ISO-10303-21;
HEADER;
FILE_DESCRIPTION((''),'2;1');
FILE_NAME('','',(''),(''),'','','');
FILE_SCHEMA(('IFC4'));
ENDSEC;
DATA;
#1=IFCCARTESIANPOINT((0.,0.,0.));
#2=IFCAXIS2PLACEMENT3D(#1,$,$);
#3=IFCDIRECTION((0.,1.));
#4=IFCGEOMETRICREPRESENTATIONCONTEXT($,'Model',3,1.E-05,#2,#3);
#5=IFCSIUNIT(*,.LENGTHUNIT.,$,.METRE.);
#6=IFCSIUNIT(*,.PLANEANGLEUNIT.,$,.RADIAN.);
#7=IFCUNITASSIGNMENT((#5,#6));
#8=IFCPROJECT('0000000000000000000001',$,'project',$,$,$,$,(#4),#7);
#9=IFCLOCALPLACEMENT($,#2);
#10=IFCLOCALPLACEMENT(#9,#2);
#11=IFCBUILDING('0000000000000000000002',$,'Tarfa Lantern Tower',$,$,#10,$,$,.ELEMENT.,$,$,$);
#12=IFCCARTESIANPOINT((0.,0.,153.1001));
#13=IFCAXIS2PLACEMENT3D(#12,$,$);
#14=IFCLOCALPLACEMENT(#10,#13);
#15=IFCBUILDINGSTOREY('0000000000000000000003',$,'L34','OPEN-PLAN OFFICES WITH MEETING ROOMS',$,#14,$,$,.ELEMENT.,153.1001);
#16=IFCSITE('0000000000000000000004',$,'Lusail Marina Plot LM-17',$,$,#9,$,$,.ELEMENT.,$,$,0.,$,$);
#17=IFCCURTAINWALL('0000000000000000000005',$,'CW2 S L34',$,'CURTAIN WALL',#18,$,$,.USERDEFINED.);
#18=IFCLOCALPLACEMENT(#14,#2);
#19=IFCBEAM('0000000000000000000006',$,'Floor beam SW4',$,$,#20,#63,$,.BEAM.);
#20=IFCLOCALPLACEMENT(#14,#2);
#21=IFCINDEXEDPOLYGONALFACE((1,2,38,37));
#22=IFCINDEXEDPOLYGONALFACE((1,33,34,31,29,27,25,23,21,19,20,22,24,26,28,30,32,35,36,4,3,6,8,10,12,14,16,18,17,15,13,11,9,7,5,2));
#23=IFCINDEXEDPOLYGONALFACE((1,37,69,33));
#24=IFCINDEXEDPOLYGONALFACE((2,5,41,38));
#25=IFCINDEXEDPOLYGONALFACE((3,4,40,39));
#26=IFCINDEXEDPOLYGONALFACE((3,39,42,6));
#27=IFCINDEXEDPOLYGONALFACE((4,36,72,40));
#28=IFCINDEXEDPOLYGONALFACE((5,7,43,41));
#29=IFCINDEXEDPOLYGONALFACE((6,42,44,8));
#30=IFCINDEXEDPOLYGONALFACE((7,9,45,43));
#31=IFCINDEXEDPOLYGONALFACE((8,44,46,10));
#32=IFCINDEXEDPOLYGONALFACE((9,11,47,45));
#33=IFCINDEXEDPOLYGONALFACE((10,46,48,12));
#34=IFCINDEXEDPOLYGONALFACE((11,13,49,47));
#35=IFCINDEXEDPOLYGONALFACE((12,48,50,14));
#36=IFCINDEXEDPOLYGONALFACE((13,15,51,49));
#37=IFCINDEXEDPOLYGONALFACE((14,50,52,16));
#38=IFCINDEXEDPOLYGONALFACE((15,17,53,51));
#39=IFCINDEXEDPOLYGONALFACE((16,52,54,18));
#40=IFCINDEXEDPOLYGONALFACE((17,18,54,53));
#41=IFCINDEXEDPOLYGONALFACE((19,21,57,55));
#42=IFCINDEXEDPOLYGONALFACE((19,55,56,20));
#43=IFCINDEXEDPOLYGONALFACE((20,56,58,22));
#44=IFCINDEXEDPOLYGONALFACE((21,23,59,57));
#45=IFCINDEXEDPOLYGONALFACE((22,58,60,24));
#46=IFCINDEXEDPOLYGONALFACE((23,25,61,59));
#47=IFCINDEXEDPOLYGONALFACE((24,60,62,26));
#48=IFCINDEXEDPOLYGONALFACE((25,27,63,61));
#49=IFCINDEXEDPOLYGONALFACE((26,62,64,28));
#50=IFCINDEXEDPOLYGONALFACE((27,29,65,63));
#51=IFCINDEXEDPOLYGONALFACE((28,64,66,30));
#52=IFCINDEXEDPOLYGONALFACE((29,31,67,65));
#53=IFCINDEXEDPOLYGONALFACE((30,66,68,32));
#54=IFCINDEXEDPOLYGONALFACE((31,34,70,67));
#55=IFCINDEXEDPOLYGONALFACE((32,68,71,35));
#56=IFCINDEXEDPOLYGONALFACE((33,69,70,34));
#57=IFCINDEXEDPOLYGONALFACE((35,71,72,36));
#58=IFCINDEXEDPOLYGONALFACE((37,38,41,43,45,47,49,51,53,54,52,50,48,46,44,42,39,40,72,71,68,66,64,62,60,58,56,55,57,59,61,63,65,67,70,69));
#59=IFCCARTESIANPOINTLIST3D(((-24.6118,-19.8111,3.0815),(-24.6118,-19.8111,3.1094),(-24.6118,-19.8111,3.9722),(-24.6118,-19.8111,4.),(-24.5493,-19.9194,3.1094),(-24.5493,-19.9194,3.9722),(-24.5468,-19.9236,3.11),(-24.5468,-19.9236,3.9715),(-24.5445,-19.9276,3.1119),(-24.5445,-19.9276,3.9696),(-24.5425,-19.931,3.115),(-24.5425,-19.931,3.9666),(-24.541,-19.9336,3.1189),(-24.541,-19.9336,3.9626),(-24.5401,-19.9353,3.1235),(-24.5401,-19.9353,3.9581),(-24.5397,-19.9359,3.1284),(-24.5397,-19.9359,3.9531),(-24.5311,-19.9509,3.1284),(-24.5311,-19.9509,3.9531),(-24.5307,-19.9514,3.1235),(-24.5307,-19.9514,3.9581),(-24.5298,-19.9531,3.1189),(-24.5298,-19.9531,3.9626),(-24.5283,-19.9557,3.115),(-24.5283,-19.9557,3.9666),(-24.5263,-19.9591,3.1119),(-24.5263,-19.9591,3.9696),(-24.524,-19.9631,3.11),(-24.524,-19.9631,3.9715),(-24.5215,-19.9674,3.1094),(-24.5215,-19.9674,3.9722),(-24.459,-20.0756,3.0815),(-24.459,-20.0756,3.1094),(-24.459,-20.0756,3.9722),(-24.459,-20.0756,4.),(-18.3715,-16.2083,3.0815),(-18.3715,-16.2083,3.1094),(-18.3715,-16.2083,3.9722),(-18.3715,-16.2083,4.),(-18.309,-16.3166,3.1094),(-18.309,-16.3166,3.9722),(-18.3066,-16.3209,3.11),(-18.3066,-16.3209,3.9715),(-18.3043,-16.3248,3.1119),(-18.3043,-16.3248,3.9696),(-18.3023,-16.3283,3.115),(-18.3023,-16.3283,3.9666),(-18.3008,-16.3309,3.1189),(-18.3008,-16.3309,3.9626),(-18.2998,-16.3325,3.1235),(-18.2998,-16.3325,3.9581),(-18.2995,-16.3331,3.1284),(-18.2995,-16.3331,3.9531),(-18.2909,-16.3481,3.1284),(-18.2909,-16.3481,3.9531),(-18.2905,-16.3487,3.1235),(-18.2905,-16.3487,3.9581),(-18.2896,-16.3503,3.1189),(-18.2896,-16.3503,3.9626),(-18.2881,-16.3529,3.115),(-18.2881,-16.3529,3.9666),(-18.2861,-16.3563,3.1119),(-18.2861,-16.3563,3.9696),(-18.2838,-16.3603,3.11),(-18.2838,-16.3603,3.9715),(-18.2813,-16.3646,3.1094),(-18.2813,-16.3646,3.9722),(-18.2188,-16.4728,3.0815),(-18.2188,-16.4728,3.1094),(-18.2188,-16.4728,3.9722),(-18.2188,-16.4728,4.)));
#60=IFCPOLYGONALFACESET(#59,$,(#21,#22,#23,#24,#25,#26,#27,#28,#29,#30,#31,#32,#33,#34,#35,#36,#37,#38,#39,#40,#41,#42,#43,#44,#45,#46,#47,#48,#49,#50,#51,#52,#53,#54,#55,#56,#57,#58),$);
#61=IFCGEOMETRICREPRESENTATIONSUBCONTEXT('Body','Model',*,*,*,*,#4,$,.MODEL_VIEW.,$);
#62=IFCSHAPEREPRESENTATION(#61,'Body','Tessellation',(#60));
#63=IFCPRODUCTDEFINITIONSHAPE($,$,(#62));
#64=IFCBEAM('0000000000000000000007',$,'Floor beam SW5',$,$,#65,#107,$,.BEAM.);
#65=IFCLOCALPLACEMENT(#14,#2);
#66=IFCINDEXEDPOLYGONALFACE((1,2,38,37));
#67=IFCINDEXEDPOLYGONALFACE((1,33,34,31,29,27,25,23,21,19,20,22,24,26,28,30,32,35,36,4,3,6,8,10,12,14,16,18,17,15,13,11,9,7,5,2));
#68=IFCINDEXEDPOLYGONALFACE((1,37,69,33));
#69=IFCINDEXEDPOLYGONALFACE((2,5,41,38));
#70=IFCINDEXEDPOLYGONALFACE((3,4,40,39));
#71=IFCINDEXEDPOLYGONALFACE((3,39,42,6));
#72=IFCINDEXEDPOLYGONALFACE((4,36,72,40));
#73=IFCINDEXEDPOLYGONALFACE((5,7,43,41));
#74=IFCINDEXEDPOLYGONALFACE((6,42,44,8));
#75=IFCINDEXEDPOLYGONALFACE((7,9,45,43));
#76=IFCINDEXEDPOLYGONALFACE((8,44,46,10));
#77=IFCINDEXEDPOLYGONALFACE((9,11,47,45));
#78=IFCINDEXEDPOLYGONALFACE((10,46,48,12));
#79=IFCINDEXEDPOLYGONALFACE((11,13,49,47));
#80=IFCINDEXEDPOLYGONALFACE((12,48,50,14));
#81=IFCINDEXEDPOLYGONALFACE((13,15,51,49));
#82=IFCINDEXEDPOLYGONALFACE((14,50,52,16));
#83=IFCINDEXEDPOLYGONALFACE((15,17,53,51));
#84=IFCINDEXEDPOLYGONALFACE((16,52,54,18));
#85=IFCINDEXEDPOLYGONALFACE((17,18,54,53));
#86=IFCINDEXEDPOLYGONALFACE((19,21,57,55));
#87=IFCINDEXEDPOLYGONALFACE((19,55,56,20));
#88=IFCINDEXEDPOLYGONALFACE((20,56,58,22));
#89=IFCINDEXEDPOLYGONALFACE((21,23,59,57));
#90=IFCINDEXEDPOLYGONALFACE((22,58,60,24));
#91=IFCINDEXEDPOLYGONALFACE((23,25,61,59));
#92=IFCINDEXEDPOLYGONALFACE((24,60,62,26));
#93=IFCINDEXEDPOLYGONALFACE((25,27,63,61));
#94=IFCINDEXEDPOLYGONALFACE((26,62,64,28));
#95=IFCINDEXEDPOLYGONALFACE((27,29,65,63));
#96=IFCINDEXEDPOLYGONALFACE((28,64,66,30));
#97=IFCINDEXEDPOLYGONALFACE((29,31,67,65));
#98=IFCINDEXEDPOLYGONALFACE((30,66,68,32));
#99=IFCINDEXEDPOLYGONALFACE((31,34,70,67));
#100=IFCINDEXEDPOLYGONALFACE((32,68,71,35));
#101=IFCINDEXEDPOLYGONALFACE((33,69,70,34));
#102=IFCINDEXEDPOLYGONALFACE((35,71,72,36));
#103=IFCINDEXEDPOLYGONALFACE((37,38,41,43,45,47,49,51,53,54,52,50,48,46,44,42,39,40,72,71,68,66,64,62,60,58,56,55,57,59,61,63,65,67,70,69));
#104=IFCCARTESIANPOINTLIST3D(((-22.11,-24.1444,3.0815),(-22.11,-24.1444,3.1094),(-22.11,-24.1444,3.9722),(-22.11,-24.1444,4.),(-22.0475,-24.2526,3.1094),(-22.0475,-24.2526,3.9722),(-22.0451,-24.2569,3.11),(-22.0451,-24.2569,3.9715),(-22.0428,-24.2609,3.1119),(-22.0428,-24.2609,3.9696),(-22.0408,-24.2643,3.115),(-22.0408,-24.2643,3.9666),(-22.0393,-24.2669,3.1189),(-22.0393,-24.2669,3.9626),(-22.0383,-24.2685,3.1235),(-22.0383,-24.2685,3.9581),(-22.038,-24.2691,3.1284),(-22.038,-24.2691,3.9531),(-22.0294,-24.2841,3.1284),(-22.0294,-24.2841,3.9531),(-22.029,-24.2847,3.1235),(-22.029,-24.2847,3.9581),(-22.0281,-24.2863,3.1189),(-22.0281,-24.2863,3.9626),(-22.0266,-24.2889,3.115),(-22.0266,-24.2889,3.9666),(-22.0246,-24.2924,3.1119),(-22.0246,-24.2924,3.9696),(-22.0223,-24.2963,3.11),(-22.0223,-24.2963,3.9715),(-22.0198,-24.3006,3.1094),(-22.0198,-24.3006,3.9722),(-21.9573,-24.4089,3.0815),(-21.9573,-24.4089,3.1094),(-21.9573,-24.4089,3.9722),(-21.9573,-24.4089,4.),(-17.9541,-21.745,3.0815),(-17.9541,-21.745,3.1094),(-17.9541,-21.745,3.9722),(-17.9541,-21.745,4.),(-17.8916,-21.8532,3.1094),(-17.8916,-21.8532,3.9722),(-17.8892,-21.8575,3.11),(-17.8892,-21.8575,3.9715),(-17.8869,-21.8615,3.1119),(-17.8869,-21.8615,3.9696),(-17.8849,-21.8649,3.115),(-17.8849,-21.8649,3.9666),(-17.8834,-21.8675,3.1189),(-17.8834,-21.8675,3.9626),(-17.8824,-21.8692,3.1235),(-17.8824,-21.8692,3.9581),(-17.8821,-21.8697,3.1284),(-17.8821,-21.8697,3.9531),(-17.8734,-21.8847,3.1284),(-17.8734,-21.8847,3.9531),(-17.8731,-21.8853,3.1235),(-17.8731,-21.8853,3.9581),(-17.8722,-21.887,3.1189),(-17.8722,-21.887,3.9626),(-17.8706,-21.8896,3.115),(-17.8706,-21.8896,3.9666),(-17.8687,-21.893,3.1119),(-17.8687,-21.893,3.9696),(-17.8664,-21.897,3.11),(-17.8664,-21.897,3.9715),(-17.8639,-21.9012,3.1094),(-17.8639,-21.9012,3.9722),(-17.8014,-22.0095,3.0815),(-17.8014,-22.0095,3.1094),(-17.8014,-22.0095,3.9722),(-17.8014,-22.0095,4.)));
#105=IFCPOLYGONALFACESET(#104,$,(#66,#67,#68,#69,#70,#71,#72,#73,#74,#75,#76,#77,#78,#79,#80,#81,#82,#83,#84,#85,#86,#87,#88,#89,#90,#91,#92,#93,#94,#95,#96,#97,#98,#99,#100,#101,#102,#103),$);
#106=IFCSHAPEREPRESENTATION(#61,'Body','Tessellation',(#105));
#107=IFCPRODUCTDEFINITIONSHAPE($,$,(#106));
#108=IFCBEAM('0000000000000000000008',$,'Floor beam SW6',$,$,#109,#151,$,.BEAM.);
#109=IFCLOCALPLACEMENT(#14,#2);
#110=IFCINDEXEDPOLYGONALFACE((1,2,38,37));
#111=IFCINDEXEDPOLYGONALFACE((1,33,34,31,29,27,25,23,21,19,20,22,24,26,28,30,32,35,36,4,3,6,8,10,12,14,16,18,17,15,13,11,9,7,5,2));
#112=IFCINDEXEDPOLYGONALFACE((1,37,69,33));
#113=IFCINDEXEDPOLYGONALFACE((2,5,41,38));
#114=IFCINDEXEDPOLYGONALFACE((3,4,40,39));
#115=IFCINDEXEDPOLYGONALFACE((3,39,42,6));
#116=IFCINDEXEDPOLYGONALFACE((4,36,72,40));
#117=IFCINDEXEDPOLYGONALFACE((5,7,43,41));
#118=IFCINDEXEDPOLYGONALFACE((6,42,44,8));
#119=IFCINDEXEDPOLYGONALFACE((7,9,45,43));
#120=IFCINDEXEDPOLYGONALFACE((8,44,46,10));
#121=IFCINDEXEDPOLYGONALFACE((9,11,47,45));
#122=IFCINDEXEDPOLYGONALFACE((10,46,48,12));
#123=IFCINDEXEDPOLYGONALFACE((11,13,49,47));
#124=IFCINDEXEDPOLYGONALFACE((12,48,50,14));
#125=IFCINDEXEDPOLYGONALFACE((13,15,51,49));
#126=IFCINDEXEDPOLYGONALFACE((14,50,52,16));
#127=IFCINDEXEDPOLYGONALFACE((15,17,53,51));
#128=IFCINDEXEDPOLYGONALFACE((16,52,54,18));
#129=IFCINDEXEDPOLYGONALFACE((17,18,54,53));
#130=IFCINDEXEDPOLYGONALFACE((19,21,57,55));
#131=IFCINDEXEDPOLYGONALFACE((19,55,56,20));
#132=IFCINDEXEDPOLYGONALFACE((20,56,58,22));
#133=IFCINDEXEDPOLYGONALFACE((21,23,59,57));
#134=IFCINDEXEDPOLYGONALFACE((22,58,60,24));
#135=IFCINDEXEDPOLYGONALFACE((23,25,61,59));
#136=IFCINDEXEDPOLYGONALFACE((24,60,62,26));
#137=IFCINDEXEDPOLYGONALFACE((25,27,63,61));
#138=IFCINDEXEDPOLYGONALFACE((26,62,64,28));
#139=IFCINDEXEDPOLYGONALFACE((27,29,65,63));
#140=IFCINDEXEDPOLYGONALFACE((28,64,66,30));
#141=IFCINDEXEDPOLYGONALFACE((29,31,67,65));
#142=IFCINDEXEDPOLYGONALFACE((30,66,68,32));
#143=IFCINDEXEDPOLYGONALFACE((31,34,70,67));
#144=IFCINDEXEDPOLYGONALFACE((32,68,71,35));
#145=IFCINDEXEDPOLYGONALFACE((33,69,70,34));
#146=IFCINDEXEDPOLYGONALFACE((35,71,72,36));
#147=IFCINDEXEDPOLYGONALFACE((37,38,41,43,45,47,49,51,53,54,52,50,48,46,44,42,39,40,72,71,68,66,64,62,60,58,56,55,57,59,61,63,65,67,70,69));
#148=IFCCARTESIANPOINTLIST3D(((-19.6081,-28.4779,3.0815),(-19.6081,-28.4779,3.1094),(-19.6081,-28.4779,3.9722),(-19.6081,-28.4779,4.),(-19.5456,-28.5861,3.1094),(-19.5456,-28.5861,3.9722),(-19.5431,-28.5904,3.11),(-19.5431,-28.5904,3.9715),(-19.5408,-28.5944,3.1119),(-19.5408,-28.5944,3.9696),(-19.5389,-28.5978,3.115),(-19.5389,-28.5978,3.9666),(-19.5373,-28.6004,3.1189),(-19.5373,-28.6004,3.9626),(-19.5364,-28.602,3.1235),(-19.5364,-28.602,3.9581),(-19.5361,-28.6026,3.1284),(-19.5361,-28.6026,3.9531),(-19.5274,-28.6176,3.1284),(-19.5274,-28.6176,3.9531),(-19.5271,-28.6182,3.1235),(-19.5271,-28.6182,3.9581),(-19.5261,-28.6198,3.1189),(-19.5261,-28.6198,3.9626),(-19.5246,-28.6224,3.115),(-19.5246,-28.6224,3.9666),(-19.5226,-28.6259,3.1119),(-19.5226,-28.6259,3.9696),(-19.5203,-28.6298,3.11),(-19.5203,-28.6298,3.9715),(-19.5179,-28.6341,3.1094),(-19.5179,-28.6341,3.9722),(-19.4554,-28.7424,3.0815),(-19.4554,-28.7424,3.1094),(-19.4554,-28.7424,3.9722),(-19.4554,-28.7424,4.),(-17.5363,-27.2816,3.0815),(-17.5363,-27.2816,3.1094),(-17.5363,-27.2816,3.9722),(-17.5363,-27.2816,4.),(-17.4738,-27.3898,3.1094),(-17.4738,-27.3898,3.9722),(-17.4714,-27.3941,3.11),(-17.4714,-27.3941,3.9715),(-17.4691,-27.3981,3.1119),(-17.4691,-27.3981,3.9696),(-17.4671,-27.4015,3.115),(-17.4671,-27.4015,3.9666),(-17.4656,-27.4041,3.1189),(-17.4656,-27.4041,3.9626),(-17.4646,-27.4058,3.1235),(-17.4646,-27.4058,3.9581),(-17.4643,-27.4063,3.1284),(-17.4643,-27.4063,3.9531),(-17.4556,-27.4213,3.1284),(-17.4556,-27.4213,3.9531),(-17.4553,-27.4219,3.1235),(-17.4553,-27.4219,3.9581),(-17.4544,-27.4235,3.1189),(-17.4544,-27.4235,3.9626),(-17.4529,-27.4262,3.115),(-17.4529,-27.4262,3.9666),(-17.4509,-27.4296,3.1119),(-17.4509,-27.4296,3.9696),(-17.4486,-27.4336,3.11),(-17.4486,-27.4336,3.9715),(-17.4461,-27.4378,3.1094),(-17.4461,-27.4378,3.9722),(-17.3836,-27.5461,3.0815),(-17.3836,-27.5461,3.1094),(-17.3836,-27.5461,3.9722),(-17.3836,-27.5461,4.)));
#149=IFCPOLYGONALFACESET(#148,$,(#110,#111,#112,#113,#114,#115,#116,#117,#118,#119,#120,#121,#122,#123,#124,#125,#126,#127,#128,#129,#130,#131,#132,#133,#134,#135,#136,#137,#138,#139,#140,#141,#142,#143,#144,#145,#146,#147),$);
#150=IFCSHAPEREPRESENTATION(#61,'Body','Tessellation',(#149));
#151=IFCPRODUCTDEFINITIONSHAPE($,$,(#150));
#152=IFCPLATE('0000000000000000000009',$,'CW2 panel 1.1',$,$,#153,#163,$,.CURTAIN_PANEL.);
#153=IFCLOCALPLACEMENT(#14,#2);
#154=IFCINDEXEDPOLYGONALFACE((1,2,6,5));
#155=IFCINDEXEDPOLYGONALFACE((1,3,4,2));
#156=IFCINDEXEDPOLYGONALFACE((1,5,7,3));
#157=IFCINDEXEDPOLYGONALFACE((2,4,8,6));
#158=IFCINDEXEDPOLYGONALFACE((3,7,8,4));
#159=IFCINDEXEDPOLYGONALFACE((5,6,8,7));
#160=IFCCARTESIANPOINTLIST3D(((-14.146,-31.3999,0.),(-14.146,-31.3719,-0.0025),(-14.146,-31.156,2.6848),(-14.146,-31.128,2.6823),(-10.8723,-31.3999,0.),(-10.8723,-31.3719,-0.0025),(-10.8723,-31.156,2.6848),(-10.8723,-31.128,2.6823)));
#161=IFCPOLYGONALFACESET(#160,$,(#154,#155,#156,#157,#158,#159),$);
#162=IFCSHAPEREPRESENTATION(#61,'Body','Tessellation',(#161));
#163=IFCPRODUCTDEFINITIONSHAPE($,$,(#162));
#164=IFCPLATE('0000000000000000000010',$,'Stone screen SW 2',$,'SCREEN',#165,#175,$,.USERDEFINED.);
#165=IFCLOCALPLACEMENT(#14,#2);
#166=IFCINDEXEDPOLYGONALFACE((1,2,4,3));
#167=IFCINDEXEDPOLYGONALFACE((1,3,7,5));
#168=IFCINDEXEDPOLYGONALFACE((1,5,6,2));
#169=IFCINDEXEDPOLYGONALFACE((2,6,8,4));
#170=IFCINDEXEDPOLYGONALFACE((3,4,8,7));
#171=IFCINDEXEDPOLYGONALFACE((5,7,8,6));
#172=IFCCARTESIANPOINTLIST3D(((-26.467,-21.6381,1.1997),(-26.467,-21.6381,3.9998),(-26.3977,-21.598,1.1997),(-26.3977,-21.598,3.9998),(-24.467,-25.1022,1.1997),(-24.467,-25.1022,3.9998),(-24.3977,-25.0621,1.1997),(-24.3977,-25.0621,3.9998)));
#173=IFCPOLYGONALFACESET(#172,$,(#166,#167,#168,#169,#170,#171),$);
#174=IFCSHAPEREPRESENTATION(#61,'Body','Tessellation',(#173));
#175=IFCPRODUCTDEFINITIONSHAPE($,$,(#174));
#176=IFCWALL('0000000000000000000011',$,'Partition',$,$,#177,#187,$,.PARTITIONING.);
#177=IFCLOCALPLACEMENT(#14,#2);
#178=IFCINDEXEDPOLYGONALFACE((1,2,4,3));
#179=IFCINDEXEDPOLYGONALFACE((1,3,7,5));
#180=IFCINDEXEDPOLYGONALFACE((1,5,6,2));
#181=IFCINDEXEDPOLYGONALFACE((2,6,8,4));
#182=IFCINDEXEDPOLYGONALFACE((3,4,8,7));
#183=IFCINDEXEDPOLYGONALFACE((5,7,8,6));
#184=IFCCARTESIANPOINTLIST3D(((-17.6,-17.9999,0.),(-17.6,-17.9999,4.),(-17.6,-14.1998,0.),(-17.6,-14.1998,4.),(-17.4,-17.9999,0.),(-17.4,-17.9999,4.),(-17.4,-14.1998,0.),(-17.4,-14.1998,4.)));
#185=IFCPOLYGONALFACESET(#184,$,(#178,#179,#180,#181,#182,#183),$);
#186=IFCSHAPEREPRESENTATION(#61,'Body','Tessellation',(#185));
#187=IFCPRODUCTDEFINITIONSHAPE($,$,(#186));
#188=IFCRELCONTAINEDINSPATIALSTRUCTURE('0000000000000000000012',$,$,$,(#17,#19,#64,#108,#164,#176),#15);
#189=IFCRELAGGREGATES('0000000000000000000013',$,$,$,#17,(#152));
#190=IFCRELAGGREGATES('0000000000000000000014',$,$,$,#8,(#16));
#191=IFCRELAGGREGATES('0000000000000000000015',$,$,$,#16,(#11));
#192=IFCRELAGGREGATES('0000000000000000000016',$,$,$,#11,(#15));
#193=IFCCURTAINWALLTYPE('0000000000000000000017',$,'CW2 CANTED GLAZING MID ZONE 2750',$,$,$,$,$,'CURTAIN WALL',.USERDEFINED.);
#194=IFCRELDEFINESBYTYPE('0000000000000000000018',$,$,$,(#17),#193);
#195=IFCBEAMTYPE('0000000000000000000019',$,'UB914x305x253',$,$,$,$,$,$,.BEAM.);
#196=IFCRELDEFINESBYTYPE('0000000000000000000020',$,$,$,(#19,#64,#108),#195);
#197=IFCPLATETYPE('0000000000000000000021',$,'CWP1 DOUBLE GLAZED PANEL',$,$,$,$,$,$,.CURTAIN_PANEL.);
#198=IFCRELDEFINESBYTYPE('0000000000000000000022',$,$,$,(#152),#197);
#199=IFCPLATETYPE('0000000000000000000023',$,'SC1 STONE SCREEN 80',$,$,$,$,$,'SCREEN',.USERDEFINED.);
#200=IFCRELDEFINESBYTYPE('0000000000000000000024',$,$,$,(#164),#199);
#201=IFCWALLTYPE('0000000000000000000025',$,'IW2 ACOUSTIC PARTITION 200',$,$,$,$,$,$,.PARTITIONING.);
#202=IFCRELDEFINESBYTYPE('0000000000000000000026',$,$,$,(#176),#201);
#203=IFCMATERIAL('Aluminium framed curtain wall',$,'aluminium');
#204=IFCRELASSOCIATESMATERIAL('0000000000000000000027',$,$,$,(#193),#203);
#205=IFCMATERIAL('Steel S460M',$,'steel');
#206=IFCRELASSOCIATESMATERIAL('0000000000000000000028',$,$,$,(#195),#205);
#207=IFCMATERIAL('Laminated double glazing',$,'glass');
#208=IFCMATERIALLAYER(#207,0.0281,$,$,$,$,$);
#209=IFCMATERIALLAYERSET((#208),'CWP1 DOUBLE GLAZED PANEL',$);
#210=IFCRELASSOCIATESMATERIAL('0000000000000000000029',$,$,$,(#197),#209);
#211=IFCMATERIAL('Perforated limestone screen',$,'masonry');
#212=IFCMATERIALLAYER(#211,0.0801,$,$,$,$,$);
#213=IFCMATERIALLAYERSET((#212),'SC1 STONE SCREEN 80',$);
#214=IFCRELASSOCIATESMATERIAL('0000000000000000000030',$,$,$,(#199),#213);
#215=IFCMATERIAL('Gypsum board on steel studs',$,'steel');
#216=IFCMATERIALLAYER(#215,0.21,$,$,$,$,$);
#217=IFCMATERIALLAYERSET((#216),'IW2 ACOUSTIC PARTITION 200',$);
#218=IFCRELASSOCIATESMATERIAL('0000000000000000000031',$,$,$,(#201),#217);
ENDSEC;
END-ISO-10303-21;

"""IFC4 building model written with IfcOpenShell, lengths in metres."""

from ifc_helpers import new_model, si_unit, direction, frame, frame_2d, origin, origin_2d, place, context, subcontext, project, spatial, polyline, rectangle, i_section, outline, extrude, material, layer, layer_set, material_profile, profile_set, type_object, element, aggregate, save


model = new_model("IFC4")

# Units and contexts
model_context = context("Model", 3, precision=1e-05, world=origin(), true_north=direction((0.0, 1.0)))
body_context = subcontext(model_context, "Body", "Model", "MODEL_VIEW")
ifc_project = project(units=[si_unit("LENGTHUNIT", "METRE"), si_unit("PLANEANGLEUNIT", "RADIAN")], contexts=[model_context])

# Site, building, storey
site_placement = place(None, origin())
site = spatial("IfcSite", under=ifc_project, at=site_placement, Name="Lusail Marina Plot LM-17", CompositionType="ELEMENT", RefElevation=0.0)
building_placement = place(site_placement, origin())
building = spatial("IfcBuilding", under=site, at=building_placement, Name="Tarfa Lantern Tower", CompositionType="ELEMENT")
storey_placement = place(building_placement, frame((0.0, 0.0, 153.1001)))
storey = spatial("IfcBuildingStorey", under=building, at=storey_placement, Name="L34", Description="OPEN-PLAN OFFICES WITH MEETING ROOMS", CompositionType="ELEMENT", Elevation=153.1001)

# Curtain wall
ifc_material_1 = material(Name="Aluminium framed curtain wall", Category="aluminium")
curtain_wall_type = type_object("IfcCurtainWallType", Name="CW2 CANTED GLAZING MID ZONE 2750", ElementType="CURTAIN WALL", PredefinedType="USERDEFINED", material=ifc_material_1)
curtain_wall_placement = place(storey_placement, origin())
curtain_wall = element("IfcCurtainWall", 1, at=curtain_wall_placement, inside=storey, type_object=curtain_wall_type, Name="CW2 S L34", ObjectType="CURTAIN WALL", PredefinedType="USERDEFINED")

# Beams
ifc_material_2 = material(Name="Steel S460M", Category="steel")
ifc_material_profile_1 = material_profile(ifc_material_2, i_section(OverallWidth=0.3054, OverallDepth=0.9185, WebThickness=0.0173, FlangeThickness=0.0278, FilletRadius=0.019, at=origin_2d()), Name="UB914x305x253")
ifc_profile_set_1 = profile_set([ifc_material_profile_1], Name="Steel S460M")
beam_type_1 = type_object("IfcBeamType", Name="UB914x305x253", PredefinedType="BEAM", material=ifc_profile_set_1)
beam_1_placement = place(storey_placement, frame((-24.5354, -19.9434, 3.5408), z_axis=(0.866026, 0.499998, 0.0), x_axis=(-0.499998, 0.866026, 0.0)))
element("IfcBeam", 2, at=beam_1_placement, inside=storey, type_object=beam_type_1, Name="Floor beam SW4", PredefinedType="BEAM", context=body_context, shape_type="SweptSolid", body=[
    extrude(i_section(OverallWidth=0.3054, OverallDepth=0.9185, WebThickness=0.0173, FlangeThickness=0.0278, FilletRadius=0.019, at=origin_2d()), origin(), (0.0, 0.0, 1.0), 7.2056),
])
beam_2_placement = place(storey_placement, frame((-22.0337, -24.2766, 3.5408), z_axis=(0.866031, 0.499991, 0.0), x_axis=(-0.499991, 0.866031, 0.0)))
element("IfcBeam", 3, at=beam_2_placement, inside=storey, type_object=beam_type_1, Name="Floor beam SW5", PredefinedType="BEAM", context=body_context, shape_type="SweptSolid", body=[
    extrude(i_section(OverallWidth=0.3054, OverallDepth=0.9185, WebThickness=0.0173, FlangeThickness=0.0278, FilletRadius=0.019, at=origin_2d()), origin(), (0.0, 0.0, 1.0), 4.7988),
])
beam_3_placement = place(storey_placement, frame((-19.5317, -28.6101, 3.5408), z_axis=(0.865999, 0.500046, 0.0), x_axis=(-0.500046, 0.865999, 0.0)))
element("IfcBeam", 4, at=beam_3_placement, inside=storey, type_object=beam_type_1, Name="Floor beam SW6", PredefinedType="BEAM", context=body_context, shape_type="SweptSolid", body=[
    extrude(i_section(OverallWidth=0.3054, OverallDepth=0.9185, WebThickness=0.0173, FlangeThickness=0.0278, FilletRadius=0.019, at=origin_2d()), origin(), (0.0, 0.0, 1.0), 2.3923),
])

# Plates
ifc_material_3 = material(Name="Laminated double glazing", Category="glass")
ifc_layer_1 = layer(ifc_material_3, 0.0281)
ifc_layer_set_1 = layer_set([ifc_layer_1], Name="CWP1 DOUBLE GLAZED PANEL")
plate_type_1 = type_object("IfcPlateType", Name="CWP1 DOUBLE GLAZED PANEL", PredefinedType="CURTAIN_PANEL", material=ifc_layer_set_1)
plate_1_placement = place(storey_placement, frame((-14.146, -31.3999, 0.0), z_axis=(0.0, -0.995899, 0.09047), x_axis=(1.0, 0.0, 0.0)))
plate_1 = element("IfcPlate", 5, at=plate_1_placement, type_object=plate_type_1, Name="CW2 panel 1.1", PredefinedType="CURTAIN_PANEL", context=body_context, shape_type="SweptSolid", body=[
    extrude(outline(polyline([(0.0, 0.0), (3.2737, 0.0), (3.2737, 2.6959), (0.0, 2.6959), (0.0, 0.0)])), origin(), (0.0, 0.0, -1.0), 0.0281),
])
aggregate(curtain_wall, [plate_1])
ifc_material_4 = material(Name="Perforated limestone screen", Category="masonry")
ifc_layer_2 = layer(ifc_material_4, 0.0801)
ifc_layer_set_2 = layer_set([ifc_layer_2], Name="SC1 STONE SCREEN 80")
plate_type_2 = type_object("IfcPlateType", Name="SC1 STONE SCREEN 80", ElementType="SCREEN", PredefinedType="USERDEFINED", material=ifc_layer_set_2)
plate_2_placement = place(storey_placement, frame((-25.4324, -23.3501, 1.1997), z_axis=(0.0, 0.0, 1.0), x_axis=(0.5, -0.866025, 0.0)))
element("IfcPlate", 6, at=plate_2_placement, inside=storey, type_object=plate_type_2, Name="Stone screen SW 2", ObjectType="SCREEN", PredefinedType="USERDEFINED", context=body_context, shape_type="SweptSolid", body=[
    extrude(rectangle(XDim=4.0, YDim=0.0801, at=origin_2d()), origin(), (0.0, 0.0, 1.0), 2.8),
])

# Wall
ifc_material_5 = material(Name="Gypsum board on steel studs", Category="steel")
ifc_layer_3 = layer(ifc_material_5, 0.21)
ifc_layer_set_3 = layer_set([ifc_layer_3], Name="IW2 ACOUSTIC PARTITION 200")
wall_type = type_object("IfcWallType", Name="IW2 ACOUSTIC PARTITION 200", PredefinedType="PARTITIONING", material=ifc_layer_set_3)
wall_placement = place(storey_placement, frame((-17.5, -14.2, 0.0), z_axis=(0.0, 0.0, 1.0), x_axis=(0.0, -1.0, 0.0)))
element("IfcWall", 7, at=wall_placement, inside=storey, type_object=wall_type, Name="Partition", PredefinedType="PARTITIONING", context=body_context, shape_type="SweptSolid", body=[
    extrude(rectangle(XDim=3.8, YDim=0.2, at=frame_2d((1.8999, 0.0))), origin(), (0.0, 0.0, 1.0), 4.0),
])

save(model, "model.ifc")
